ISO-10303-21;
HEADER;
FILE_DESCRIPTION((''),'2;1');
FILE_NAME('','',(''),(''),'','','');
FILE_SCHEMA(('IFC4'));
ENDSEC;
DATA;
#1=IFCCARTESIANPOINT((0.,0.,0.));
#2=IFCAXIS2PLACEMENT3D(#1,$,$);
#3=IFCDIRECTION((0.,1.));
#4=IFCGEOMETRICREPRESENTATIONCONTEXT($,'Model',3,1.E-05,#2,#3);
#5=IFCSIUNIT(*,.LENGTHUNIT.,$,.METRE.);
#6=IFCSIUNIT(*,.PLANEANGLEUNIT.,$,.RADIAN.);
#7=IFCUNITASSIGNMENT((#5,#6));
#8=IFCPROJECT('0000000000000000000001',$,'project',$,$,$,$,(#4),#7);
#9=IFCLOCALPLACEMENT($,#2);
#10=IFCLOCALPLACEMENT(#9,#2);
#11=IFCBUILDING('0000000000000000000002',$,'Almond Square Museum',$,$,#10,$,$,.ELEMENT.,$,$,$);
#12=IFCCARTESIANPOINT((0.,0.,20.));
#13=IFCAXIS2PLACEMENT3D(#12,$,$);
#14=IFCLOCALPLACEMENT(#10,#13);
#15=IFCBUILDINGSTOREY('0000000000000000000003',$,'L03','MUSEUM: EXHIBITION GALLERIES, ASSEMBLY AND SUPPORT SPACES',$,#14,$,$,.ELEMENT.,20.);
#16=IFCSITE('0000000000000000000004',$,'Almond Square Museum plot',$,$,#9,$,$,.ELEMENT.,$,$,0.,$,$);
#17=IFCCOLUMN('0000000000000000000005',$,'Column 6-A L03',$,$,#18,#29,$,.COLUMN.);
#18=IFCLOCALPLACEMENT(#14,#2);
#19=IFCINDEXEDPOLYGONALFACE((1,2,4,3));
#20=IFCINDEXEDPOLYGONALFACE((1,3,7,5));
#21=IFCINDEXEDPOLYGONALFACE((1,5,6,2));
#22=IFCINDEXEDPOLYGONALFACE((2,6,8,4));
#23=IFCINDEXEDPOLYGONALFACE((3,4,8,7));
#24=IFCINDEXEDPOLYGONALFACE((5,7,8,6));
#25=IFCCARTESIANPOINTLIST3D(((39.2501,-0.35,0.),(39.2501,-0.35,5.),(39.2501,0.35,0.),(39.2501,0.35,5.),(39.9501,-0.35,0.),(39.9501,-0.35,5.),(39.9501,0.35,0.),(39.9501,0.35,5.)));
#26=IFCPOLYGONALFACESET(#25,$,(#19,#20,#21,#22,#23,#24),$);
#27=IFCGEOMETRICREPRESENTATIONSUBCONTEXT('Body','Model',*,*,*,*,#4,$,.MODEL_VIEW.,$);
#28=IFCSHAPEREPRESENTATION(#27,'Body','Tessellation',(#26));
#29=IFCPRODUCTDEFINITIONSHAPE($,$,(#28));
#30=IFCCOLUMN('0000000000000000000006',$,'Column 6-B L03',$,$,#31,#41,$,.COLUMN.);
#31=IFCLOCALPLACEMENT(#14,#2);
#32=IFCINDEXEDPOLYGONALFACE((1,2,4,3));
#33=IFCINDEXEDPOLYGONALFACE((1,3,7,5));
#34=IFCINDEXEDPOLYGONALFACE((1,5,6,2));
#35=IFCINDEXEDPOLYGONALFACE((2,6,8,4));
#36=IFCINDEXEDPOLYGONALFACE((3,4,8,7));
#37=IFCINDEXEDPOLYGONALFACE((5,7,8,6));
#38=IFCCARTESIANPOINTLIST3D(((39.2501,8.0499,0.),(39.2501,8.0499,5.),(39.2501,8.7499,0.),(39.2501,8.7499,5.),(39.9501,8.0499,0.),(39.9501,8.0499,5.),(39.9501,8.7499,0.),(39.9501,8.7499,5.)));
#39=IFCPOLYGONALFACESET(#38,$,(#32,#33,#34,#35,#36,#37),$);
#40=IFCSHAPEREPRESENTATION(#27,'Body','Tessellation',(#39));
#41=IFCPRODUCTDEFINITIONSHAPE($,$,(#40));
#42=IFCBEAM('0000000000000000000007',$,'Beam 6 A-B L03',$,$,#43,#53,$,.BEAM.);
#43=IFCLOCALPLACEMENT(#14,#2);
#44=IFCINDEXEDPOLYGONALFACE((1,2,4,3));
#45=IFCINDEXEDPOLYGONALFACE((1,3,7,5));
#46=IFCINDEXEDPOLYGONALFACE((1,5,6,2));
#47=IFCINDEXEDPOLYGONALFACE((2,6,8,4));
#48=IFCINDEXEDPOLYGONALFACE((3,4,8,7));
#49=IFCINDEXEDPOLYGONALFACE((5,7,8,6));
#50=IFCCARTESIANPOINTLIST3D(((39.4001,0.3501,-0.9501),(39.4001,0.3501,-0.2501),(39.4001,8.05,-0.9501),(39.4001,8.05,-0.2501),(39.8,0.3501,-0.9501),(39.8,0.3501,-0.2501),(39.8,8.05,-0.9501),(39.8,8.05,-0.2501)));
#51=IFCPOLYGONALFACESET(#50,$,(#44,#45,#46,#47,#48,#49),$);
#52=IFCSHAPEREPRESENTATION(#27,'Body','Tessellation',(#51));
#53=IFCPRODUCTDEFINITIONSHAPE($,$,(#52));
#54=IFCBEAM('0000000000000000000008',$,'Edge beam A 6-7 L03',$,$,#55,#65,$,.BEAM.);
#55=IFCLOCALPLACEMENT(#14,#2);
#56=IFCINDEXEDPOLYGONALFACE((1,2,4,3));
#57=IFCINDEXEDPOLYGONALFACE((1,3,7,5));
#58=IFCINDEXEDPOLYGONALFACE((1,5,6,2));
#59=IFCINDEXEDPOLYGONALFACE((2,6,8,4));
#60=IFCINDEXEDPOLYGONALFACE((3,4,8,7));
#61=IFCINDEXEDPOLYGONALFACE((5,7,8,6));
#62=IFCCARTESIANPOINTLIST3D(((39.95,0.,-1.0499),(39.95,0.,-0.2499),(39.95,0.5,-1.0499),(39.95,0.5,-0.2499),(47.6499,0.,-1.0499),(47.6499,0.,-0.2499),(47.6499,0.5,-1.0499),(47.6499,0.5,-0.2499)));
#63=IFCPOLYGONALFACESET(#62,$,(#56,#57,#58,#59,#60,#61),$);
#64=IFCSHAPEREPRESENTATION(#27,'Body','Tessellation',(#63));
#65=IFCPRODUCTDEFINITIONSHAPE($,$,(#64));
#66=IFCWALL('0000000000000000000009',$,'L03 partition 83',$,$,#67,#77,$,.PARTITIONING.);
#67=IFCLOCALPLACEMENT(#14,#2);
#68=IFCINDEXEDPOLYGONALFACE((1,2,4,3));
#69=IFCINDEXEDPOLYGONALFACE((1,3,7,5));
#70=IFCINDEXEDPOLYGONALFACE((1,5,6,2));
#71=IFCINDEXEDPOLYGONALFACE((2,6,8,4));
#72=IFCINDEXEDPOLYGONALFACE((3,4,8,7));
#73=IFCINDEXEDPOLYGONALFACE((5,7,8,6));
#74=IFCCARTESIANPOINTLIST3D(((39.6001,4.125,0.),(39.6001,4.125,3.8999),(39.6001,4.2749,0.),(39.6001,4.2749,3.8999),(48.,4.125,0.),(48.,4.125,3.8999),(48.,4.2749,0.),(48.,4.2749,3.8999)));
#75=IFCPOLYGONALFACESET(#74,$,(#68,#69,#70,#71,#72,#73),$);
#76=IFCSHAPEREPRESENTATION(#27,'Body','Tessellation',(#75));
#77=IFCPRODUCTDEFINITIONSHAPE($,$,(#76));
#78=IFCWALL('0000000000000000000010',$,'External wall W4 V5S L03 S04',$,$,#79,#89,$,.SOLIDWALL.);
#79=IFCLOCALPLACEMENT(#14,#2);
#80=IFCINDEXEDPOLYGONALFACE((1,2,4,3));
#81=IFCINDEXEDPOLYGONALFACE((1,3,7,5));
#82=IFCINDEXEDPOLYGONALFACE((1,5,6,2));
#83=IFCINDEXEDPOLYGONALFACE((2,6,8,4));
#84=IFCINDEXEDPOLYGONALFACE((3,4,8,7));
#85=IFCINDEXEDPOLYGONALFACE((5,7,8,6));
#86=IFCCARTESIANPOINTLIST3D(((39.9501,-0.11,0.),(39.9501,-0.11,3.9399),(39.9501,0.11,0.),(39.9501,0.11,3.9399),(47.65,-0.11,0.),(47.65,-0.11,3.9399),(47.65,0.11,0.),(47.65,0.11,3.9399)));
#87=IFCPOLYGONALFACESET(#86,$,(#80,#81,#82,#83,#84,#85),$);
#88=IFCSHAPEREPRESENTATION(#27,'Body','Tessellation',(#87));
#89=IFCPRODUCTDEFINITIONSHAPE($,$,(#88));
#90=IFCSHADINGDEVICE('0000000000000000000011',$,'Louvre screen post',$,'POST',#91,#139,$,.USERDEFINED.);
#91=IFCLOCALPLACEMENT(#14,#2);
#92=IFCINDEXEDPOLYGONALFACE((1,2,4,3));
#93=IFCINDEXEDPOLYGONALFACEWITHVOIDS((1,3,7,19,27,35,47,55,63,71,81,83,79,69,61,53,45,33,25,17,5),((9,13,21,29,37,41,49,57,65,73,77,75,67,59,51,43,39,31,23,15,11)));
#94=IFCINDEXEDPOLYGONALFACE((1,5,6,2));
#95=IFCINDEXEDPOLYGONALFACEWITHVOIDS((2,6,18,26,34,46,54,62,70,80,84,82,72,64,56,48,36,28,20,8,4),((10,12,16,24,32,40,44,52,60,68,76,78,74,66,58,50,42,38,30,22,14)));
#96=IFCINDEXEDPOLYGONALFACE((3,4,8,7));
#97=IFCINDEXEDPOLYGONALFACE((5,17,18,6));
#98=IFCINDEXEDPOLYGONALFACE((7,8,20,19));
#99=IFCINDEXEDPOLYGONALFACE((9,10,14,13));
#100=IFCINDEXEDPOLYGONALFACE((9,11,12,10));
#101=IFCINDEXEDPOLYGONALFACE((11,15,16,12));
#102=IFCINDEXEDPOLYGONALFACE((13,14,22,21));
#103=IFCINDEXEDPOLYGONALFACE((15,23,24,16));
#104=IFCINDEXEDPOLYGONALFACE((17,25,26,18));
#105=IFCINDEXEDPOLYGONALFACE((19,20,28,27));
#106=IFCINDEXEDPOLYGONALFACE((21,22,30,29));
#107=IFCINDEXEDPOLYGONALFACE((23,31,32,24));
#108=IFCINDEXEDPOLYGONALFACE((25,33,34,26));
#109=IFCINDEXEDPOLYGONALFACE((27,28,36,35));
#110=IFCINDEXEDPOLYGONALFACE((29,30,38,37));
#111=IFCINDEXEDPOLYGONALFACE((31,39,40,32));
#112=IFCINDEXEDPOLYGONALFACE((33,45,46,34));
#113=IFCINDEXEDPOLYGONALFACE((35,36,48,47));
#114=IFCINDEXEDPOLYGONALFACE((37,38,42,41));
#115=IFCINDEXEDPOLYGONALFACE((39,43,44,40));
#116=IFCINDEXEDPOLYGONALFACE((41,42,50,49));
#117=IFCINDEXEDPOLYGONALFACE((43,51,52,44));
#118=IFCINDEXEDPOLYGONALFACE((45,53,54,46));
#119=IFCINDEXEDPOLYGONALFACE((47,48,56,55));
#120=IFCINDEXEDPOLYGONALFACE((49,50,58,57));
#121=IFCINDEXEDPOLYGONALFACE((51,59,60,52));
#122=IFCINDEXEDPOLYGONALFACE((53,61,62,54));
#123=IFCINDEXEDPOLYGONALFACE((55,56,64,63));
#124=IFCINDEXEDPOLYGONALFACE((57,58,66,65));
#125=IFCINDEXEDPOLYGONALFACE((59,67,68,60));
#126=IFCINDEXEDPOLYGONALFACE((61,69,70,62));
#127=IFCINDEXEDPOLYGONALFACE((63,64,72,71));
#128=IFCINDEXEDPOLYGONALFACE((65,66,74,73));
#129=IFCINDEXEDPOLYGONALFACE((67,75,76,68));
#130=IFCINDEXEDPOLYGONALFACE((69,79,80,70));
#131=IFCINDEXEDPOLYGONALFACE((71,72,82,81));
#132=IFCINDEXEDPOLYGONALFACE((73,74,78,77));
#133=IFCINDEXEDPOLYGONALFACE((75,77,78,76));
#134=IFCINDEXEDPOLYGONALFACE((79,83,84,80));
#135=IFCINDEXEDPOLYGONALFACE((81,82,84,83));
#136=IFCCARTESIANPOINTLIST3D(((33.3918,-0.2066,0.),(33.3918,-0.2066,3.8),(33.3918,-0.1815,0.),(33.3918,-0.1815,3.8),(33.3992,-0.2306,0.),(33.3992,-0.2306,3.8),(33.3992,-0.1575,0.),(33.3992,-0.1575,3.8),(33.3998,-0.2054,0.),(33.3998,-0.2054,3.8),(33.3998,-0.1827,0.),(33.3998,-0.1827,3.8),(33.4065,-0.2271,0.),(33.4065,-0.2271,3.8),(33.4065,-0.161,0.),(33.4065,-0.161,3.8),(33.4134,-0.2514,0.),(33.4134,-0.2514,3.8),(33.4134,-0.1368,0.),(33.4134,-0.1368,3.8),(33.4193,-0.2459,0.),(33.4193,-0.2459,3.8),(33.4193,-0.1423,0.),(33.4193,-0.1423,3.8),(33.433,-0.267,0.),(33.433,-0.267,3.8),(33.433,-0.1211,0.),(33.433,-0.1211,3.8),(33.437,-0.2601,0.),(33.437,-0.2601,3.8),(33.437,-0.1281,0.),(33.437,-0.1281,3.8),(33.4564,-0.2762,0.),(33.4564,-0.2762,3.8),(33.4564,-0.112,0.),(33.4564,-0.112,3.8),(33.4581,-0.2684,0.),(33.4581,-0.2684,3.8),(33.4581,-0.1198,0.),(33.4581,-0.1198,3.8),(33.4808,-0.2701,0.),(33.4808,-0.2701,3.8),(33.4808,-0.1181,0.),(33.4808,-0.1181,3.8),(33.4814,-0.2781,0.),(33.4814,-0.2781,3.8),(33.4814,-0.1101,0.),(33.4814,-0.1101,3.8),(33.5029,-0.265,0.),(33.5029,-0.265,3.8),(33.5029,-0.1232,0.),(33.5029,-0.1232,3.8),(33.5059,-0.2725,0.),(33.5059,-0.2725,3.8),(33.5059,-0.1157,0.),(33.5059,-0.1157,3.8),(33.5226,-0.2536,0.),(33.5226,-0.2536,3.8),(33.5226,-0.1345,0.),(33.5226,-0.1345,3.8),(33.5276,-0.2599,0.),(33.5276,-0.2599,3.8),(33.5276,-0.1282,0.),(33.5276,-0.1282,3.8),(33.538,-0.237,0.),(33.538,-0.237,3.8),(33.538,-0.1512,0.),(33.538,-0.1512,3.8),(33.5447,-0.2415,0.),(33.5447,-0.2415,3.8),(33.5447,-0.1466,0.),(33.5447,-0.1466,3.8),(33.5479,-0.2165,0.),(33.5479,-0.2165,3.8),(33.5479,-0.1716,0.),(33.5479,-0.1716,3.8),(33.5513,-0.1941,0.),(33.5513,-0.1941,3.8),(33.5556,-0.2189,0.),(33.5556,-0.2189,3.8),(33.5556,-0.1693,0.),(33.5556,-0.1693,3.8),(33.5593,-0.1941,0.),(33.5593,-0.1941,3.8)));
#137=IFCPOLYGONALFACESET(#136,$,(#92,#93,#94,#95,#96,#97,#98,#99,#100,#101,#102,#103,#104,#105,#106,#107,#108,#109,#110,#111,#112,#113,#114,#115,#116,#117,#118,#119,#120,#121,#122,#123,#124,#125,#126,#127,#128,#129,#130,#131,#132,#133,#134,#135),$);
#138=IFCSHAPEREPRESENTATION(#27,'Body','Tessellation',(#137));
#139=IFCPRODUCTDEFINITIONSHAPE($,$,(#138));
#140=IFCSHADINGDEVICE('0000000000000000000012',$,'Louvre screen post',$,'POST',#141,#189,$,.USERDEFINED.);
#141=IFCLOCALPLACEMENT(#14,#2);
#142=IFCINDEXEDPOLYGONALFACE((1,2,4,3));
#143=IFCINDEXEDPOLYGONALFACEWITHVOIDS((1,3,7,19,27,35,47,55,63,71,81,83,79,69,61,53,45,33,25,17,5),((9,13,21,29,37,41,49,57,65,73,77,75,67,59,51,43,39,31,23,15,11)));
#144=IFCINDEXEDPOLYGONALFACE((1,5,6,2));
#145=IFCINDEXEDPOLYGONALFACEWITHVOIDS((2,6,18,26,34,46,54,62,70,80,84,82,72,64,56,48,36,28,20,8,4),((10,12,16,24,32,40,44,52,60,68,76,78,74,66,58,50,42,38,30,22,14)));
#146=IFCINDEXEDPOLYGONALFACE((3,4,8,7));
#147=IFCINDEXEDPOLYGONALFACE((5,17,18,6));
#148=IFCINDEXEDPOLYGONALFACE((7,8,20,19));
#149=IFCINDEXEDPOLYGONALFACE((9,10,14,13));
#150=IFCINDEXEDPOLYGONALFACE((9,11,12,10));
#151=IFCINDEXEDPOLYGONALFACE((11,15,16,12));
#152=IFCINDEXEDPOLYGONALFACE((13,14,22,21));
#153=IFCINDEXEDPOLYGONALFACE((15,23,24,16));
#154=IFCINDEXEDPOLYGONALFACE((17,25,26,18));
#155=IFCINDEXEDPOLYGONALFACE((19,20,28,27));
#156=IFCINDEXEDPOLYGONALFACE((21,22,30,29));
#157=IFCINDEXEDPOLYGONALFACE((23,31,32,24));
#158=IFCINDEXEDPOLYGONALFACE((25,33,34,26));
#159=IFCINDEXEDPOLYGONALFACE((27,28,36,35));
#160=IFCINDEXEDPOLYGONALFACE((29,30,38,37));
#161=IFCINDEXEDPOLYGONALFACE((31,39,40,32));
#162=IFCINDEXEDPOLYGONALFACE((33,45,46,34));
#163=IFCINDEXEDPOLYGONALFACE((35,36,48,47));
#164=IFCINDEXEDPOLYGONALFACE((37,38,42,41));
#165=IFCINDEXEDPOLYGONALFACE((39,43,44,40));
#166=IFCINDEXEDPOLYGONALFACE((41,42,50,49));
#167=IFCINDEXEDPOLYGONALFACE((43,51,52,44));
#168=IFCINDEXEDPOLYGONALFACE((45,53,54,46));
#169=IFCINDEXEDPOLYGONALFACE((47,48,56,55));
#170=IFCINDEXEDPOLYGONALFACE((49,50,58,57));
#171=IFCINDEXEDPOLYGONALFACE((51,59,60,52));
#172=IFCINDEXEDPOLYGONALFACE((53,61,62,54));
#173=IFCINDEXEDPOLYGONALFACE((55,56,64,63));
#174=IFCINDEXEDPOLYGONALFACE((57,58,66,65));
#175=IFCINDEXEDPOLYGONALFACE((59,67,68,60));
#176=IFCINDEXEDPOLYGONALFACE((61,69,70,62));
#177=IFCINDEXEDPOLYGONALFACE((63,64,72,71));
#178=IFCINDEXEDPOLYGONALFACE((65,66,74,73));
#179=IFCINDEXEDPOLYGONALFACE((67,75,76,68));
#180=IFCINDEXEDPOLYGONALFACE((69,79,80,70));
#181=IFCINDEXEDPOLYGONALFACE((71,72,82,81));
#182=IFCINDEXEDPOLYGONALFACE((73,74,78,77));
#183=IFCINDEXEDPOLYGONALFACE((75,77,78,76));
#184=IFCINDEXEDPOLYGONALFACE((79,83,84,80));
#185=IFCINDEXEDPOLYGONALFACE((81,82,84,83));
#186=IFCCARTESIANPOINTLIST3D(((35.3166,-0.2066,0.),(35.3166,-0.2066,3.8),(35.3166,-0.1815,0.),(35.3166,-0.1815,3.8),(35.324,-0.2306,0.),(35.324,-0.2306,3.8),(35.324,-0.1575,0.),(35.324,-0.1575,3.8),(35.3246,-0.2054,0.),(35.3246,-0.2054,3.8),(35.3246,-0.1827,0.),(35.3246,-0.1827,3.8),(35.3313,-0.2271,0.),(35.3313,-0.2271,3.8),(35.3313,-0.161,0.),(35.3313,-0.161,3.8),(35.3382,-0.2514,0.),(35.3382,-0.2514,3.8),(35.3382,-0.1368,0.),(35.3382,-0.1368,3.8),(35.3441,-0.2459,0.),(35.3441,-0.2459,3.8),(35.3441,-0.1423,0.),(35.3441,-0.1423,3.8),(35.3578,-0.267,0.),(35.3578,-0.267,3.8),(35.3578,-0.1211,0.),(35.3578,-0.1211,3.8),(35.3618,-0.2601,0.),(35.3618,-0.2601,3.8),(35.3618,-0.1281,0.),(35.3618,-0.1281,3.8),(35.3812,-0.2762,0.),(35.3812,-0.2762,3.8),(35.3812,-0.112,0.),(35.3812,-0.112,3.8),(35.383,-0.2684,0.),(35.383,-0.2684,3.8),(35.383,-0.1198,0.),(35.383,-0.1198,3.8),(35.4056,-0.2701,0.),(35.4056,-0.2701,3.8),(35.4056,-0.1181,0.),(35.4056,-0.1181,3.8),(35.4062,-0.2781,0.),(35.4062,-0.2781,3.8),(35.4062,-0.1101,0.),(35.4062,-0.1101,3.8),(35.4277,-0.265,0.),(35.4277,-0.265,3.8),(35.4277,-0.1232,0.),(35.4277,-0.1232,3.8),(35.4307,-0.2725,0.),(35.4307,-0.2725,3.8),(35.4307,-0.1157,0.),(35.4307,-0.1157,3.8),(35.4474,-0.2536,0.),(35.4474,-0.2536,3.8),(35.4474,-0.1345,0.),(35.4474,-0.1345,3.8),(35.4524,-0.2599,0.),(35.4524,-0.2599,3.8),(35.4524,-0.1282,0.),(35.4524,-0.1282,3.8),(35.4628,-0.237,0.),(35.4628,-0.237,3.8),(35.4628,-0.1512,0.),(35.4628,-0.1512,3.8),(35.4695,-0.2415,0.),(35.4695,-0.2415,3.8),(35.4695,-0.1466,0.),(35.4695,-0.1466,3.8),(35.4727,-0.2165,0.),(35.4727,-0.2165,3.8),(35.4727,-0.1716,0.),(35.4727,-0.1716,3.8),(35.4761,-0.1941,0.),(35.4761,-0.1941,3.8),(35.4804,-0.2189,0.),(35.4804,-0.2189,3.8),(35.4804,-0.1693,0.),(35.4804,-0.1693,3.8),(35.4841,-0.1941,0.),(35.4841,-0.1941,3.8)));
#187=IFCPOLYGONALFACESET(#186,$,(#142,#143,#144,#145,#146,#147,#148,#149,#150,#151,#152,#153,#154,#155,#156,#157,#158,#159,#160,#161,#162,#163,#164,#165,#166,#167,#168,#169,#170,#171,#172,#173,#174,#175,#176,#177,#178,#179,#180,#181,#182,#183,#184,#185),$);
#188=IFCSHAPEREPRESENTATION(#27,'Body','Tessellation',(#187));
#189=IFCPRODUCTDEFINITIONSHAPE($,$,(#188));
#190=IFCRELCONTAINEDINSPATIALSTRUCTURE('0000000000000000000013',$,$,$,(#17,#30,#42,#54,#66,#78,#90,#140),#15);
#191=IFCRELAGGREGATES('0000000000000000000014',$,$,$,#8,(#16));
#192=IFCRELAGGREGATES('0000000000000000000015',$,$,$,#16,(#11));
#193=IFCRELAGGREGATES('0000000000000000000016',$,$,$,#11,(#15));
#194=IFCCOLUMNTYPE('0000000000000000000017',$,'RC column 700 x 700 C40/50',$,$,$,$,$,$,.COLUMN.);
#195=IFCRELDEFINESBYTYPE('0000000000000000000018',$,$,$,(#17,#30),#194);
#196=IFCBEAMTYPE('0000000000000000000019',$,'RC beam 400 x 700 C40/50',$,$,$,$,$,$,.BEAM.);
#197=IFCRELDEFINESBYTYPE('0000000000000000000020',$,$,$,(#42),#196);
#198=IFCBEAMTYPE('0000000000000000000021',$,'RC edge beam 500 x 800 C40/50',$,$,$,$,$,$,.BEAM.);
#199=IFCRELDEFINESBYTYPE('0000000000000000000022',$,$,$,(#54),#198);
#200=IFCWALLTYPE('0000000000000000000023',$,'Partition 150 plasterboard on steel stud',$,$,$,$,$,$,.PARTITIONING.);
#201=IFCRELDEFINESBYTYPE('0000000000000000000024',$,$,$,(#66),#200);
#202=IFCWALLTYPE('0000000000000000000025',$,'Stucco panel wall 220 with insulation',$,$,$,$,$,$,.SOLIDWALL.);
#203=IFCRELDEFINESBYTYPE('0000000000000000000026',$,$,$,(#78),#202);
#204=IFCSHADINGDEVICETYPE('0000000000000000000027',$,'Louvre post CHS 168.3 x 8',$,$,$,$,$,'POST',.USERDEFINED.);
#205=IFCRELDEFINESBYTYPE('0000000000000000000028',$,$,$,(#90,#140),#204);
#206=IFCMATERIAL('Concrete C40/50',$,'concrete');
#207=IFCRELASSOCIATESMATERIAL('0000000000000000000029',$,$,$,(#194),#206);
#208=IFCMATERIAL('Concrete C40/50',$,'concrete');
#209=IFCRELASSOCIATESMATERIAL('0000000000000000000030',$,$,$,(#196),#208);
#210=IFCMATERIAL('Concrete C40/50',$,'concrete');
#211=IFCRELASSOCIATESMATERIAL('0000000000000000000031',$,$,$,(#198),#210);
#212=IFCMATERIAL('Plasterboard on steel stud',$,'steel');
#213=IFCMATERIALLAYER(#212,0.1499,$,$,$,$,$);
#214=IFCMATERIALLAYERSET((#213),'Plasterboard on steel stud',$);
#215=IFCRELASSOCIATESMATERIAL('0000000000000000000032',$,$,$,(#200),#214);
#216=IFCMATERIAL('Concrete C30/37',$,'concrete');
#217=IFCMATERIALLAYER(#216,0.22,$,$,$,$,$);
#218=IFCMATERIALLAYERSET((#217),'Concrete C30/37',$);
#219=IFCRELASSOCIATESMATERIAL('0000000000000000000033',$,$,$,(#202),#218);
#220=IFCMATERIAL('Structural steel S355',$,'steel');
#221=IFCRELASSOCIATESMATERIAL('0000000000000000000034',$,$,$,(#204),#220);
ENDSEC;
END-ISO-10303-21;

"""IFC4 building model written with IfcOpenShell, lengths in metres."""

from ifc_helpers import new_model, si_unit, direction, frame, frame_2d, origin, origin_2d, place, context, subcontext, project, spatial, rectangle, hollow_circle, extrude, material, layer, layer_set, material_profile, profile_set, type_object, element, save


model = new_model("IFC4")

# Units and contexts
model_context = context("Model", 3, precision=1e-05, world=origin(), true_north=direction((0.0, 1.0)))
body_context = subcontext(model_context, "Body", "Model", "MODEL_VIEW")
ifc_project = project(units=[si_unit("LENGTHUNIT", "METRE"), si_unit("PLANEANGLEUNIT", "RADIAN")], contexts=[model_context])

# Site, building, storey
site_placement = place(None, origin())
site = spatial("IfcSite", under=ifc_project, at=site_placement, Name="Almond Square Museum plot", CompositionType="ELEMENT", RefElevation=0.0)
building_placement = place(site_placement, origin())
building = spatial("IfcBuilding", under=site, at=building_placement, Name="Almond Square Museum", CompositionType="ELEMENT")
storey_placement = place(building_placement, frame((0.0, 0.0, 20.0)))
storey = spatial("IfcBuildingStorey", under=building, at=storey_placement, Name="L03", Description="MUSEUM: EXHIBITION GALLERIES, ASSEMBLY AND SUPPORT SPACES", CompositionType="ELEMENT", Elevation=20.0)

# Columns
ifc_material_1 = material(Name="Concrete C40/50", Category="concrete")
ifc_material_profile_1 = material_profile(ifc_material_1, rectangle(XDim=0.7, YDim=0.7, at=origin_2d()))
ifc_profile_set_1 = profile_set([ifc_material_profile_1], Name="Concrete C40/50")
column_type = type_object("IfcColumnType", Name="RC column 700 x 700 C40/50", PredefinedType="COLUMN", material=ifc_profile_set_1)
for number, where, z_axis, x_axis, name in (
    (1, (39.6001, 0.0, 0.0), (0.0, 0.0, 1.0), (1.0, 0.0, 0.0), "Column 6-A L03"),
    (2, (39.6001, 8.3999, 0.0), (0.0, 0.0, 1.0), (1.0, 0.0, 0.0), "Column 6-B L03"),
):
    element("IfcColumn", number, at=place(storey_placement, frame(where, z_axis=z_axis, x_axis=x_axis)), inside=storey, type_object=column_type, Name=name, PredefinedType="COLUMN", context=body_context, shape_type="SweptSolid", body=[
        extrude(rectangle(XDim=0.7, YDim=0.7, at=origin_2d()), origin(), (0.0, 0.0, 1.0), 5.0),
    ])

# Beams
ifc_material_2 = material(Name="Concrete C40/50", Category="concrete")
ifc_material_profile_2 = material_profile(ifc_material_2, rectangle(XDim=0.3999, YDim=0.7, at=origin_2d()))
ifc_profile_set_2 = profile_set([ifc_material_profile_2], Name="Concrete C40/50")
beam_type_1 = type_object("IfcBeamType", Name="RC beam 400 x 700 C40/50", PredefinedType="BEAM", material=ifc_profile_set_2)
beam_1_placement = place(storey_placement, frame((39.6001, 0.3501, -0.6001), z_axis=(0.0, 1.0, 0.0), x_axis=(-1.0, 0.0, 0.0)))
element("IfcBeam", 3, at=beam_1_placement, inside=storey, type_object=beam_type_1, Name="Beam 6 A-B L03", PredefinedType="BEAM", context=body_context, shape_type="SweptSolid", body=[
    extrude(rectangle(XDim=0.3999, YDim=0.7, at=origin_2d()), origin(), (0.0, 0.0, 1.0), 7.7),
])
ifc_material_3 = material(Name="Concrete C40/50", Category="concrete")
ifc_material_profile_3 = material_profile(ifc_material_3, rectangle(XDim=0.5, YDim=0.8, at=origin_2d()))
ifc_profile_set_3 = profile_set([ifc_material_profile_3], Name="Concrete C40/50")
beam_type_2 = type_object("IfcBeamType", Name="RC edge beam 500 x 800 C40/50", PredefinedType="BEAM", material=ifc_profile_set_3)
beam_2_placement = place(storey_placement, frame((39.95, 0.25, -0.6499), z_axis=(1.0, 0.0, 0.0), x_axis=(0.0, 1.0, 0.0)))
element("IfcBeam", 4, at=beam_2_placement, inside=storey, type_object=beam_type_2, Name="Edge beam A 6-7 L03", PredefinedType="BEAM", context=body_context, shape_type="SweptSolid", body=[
    extrude(rectangle(XDim=0.5, YDim=0.8, at=origin_2d()), origin(), (0.0, 0.0, 1.0), 7.7),
])

# Walls
ifc_material_4 = material(Name="Plasterboard on steel stud", Category="steel")
ifc_layer_1 = layer(ifc_material_4, 0.1499)
ifc_layer_set_1 = layer_set([ifc_layer_1], Name="Plasterboard on steel stud")
wall_type_1 = type_object("IfcWallType", Name="Partition 150 plasterboard on steel stud", PredefinedType="PARTITIONING", material=ifc_layer_set_1)
wall_1_placement = place(storey_placement, frame((39.6001, 4.2, 0.0), z_axis=(0.0, 0.0, 1.0), x_axis=(1.0, 0.0, 0.0)))
element("IfcWall", 5, at=wall_1_placement, inside=storey, type_object=wall_type_1, Name="L03 partition 83", PredefinedType="PARTITIONING", context=body_context, shape_type="SweptSolid", body=[
    extrude(rectangle(XDim=8.3999, YDim=0.1499, at=frame_2d((4.2, 0.0))), origin(), (0.0, 0.0, 1.0), 3.8999),
])
ifc_material_5 = material(Name="Concrete C30/37", Category="concrete")
ifc_layer_2 = layer(ifc_material_5, 0.22)
ifc_layer_set_2 = layer_set([ifc_layer_2], Name="Concrete C30/37")
wall_type_2 = type_object("IfcWallType", Name="Stucco panel wall 220 with insulation", PredefinedType="SOLIDWALL", material=ifc_layer_set_2)
wall_2_placement = place(storey_placement, frame((39.95, 0.0, 0.0), z_axis=(0.0, 0.0, 1.0), x_axis=(1.0, 0.0, 0.0)))
element("IfcWall", 6, at=wall_2_placement, inside=storey, type_object=wall_type_2, Name="External wall W4 V5S L03 S04", PredefinedType="SOLIDWALL", context=body_context, shape_type="SweptSolid", body=[
    extrude(rectangle(XDim=7.7, YDim=0.22, at=frame_2d((3.8501, 0.0))), origin(), (0.0, 0.0, 1.0), 3.9399),
])

# Shading devices
ifc_material_6 = material(Name="Structural steel S355", Category="steel")
ifc_material_profile_4 = material_profile(ifc_material_6, hollow_circle(Radius=0.0842, WallThickness=0.0081, at=origin_2d()))
ifc_profile_set_4 = profile_set([ifc_material_profile_4], Name="Structural steel S355")
shading_device_type = type_object("IfcShadingDeviceType", Name="Louvre post CHS 168.3 x 8", ElementType="POST", PredefinedType="USERDEFINED", material=ifc_profile_set_4)
for number, where, z_axis, x_axis, name in (
    (7, (33.4751, -0.1941, 0.0), (0.0, 0.0, 1.0), (1.0, 0.0, 0.0), "Louvre screen post"),
    (8, (35.3999, -0.1941, 0.0), (0.0, 0.0, 1.0), (1.0, 0.0, 0.0), "Louvre screen post"),
):
    element("IfcShadingDevice", number, at=place(storey_placement, frame(where, z_axis=z_axis, x_axis=x_axis)), inside=storey, type_object=shading_device_type, Name=name, ObjectType="POST", PredefinedType="USERDEFINED", context=body_context, shape_type="SweptSolid", body=[
        extrude(hollow_circle(Radius=0.0842, WallThickness=0.0081, at=origin_2d()), origin(), (0.0, 0.0, 1.0), 3.8),
    ])

save(model, "model.ifc")
